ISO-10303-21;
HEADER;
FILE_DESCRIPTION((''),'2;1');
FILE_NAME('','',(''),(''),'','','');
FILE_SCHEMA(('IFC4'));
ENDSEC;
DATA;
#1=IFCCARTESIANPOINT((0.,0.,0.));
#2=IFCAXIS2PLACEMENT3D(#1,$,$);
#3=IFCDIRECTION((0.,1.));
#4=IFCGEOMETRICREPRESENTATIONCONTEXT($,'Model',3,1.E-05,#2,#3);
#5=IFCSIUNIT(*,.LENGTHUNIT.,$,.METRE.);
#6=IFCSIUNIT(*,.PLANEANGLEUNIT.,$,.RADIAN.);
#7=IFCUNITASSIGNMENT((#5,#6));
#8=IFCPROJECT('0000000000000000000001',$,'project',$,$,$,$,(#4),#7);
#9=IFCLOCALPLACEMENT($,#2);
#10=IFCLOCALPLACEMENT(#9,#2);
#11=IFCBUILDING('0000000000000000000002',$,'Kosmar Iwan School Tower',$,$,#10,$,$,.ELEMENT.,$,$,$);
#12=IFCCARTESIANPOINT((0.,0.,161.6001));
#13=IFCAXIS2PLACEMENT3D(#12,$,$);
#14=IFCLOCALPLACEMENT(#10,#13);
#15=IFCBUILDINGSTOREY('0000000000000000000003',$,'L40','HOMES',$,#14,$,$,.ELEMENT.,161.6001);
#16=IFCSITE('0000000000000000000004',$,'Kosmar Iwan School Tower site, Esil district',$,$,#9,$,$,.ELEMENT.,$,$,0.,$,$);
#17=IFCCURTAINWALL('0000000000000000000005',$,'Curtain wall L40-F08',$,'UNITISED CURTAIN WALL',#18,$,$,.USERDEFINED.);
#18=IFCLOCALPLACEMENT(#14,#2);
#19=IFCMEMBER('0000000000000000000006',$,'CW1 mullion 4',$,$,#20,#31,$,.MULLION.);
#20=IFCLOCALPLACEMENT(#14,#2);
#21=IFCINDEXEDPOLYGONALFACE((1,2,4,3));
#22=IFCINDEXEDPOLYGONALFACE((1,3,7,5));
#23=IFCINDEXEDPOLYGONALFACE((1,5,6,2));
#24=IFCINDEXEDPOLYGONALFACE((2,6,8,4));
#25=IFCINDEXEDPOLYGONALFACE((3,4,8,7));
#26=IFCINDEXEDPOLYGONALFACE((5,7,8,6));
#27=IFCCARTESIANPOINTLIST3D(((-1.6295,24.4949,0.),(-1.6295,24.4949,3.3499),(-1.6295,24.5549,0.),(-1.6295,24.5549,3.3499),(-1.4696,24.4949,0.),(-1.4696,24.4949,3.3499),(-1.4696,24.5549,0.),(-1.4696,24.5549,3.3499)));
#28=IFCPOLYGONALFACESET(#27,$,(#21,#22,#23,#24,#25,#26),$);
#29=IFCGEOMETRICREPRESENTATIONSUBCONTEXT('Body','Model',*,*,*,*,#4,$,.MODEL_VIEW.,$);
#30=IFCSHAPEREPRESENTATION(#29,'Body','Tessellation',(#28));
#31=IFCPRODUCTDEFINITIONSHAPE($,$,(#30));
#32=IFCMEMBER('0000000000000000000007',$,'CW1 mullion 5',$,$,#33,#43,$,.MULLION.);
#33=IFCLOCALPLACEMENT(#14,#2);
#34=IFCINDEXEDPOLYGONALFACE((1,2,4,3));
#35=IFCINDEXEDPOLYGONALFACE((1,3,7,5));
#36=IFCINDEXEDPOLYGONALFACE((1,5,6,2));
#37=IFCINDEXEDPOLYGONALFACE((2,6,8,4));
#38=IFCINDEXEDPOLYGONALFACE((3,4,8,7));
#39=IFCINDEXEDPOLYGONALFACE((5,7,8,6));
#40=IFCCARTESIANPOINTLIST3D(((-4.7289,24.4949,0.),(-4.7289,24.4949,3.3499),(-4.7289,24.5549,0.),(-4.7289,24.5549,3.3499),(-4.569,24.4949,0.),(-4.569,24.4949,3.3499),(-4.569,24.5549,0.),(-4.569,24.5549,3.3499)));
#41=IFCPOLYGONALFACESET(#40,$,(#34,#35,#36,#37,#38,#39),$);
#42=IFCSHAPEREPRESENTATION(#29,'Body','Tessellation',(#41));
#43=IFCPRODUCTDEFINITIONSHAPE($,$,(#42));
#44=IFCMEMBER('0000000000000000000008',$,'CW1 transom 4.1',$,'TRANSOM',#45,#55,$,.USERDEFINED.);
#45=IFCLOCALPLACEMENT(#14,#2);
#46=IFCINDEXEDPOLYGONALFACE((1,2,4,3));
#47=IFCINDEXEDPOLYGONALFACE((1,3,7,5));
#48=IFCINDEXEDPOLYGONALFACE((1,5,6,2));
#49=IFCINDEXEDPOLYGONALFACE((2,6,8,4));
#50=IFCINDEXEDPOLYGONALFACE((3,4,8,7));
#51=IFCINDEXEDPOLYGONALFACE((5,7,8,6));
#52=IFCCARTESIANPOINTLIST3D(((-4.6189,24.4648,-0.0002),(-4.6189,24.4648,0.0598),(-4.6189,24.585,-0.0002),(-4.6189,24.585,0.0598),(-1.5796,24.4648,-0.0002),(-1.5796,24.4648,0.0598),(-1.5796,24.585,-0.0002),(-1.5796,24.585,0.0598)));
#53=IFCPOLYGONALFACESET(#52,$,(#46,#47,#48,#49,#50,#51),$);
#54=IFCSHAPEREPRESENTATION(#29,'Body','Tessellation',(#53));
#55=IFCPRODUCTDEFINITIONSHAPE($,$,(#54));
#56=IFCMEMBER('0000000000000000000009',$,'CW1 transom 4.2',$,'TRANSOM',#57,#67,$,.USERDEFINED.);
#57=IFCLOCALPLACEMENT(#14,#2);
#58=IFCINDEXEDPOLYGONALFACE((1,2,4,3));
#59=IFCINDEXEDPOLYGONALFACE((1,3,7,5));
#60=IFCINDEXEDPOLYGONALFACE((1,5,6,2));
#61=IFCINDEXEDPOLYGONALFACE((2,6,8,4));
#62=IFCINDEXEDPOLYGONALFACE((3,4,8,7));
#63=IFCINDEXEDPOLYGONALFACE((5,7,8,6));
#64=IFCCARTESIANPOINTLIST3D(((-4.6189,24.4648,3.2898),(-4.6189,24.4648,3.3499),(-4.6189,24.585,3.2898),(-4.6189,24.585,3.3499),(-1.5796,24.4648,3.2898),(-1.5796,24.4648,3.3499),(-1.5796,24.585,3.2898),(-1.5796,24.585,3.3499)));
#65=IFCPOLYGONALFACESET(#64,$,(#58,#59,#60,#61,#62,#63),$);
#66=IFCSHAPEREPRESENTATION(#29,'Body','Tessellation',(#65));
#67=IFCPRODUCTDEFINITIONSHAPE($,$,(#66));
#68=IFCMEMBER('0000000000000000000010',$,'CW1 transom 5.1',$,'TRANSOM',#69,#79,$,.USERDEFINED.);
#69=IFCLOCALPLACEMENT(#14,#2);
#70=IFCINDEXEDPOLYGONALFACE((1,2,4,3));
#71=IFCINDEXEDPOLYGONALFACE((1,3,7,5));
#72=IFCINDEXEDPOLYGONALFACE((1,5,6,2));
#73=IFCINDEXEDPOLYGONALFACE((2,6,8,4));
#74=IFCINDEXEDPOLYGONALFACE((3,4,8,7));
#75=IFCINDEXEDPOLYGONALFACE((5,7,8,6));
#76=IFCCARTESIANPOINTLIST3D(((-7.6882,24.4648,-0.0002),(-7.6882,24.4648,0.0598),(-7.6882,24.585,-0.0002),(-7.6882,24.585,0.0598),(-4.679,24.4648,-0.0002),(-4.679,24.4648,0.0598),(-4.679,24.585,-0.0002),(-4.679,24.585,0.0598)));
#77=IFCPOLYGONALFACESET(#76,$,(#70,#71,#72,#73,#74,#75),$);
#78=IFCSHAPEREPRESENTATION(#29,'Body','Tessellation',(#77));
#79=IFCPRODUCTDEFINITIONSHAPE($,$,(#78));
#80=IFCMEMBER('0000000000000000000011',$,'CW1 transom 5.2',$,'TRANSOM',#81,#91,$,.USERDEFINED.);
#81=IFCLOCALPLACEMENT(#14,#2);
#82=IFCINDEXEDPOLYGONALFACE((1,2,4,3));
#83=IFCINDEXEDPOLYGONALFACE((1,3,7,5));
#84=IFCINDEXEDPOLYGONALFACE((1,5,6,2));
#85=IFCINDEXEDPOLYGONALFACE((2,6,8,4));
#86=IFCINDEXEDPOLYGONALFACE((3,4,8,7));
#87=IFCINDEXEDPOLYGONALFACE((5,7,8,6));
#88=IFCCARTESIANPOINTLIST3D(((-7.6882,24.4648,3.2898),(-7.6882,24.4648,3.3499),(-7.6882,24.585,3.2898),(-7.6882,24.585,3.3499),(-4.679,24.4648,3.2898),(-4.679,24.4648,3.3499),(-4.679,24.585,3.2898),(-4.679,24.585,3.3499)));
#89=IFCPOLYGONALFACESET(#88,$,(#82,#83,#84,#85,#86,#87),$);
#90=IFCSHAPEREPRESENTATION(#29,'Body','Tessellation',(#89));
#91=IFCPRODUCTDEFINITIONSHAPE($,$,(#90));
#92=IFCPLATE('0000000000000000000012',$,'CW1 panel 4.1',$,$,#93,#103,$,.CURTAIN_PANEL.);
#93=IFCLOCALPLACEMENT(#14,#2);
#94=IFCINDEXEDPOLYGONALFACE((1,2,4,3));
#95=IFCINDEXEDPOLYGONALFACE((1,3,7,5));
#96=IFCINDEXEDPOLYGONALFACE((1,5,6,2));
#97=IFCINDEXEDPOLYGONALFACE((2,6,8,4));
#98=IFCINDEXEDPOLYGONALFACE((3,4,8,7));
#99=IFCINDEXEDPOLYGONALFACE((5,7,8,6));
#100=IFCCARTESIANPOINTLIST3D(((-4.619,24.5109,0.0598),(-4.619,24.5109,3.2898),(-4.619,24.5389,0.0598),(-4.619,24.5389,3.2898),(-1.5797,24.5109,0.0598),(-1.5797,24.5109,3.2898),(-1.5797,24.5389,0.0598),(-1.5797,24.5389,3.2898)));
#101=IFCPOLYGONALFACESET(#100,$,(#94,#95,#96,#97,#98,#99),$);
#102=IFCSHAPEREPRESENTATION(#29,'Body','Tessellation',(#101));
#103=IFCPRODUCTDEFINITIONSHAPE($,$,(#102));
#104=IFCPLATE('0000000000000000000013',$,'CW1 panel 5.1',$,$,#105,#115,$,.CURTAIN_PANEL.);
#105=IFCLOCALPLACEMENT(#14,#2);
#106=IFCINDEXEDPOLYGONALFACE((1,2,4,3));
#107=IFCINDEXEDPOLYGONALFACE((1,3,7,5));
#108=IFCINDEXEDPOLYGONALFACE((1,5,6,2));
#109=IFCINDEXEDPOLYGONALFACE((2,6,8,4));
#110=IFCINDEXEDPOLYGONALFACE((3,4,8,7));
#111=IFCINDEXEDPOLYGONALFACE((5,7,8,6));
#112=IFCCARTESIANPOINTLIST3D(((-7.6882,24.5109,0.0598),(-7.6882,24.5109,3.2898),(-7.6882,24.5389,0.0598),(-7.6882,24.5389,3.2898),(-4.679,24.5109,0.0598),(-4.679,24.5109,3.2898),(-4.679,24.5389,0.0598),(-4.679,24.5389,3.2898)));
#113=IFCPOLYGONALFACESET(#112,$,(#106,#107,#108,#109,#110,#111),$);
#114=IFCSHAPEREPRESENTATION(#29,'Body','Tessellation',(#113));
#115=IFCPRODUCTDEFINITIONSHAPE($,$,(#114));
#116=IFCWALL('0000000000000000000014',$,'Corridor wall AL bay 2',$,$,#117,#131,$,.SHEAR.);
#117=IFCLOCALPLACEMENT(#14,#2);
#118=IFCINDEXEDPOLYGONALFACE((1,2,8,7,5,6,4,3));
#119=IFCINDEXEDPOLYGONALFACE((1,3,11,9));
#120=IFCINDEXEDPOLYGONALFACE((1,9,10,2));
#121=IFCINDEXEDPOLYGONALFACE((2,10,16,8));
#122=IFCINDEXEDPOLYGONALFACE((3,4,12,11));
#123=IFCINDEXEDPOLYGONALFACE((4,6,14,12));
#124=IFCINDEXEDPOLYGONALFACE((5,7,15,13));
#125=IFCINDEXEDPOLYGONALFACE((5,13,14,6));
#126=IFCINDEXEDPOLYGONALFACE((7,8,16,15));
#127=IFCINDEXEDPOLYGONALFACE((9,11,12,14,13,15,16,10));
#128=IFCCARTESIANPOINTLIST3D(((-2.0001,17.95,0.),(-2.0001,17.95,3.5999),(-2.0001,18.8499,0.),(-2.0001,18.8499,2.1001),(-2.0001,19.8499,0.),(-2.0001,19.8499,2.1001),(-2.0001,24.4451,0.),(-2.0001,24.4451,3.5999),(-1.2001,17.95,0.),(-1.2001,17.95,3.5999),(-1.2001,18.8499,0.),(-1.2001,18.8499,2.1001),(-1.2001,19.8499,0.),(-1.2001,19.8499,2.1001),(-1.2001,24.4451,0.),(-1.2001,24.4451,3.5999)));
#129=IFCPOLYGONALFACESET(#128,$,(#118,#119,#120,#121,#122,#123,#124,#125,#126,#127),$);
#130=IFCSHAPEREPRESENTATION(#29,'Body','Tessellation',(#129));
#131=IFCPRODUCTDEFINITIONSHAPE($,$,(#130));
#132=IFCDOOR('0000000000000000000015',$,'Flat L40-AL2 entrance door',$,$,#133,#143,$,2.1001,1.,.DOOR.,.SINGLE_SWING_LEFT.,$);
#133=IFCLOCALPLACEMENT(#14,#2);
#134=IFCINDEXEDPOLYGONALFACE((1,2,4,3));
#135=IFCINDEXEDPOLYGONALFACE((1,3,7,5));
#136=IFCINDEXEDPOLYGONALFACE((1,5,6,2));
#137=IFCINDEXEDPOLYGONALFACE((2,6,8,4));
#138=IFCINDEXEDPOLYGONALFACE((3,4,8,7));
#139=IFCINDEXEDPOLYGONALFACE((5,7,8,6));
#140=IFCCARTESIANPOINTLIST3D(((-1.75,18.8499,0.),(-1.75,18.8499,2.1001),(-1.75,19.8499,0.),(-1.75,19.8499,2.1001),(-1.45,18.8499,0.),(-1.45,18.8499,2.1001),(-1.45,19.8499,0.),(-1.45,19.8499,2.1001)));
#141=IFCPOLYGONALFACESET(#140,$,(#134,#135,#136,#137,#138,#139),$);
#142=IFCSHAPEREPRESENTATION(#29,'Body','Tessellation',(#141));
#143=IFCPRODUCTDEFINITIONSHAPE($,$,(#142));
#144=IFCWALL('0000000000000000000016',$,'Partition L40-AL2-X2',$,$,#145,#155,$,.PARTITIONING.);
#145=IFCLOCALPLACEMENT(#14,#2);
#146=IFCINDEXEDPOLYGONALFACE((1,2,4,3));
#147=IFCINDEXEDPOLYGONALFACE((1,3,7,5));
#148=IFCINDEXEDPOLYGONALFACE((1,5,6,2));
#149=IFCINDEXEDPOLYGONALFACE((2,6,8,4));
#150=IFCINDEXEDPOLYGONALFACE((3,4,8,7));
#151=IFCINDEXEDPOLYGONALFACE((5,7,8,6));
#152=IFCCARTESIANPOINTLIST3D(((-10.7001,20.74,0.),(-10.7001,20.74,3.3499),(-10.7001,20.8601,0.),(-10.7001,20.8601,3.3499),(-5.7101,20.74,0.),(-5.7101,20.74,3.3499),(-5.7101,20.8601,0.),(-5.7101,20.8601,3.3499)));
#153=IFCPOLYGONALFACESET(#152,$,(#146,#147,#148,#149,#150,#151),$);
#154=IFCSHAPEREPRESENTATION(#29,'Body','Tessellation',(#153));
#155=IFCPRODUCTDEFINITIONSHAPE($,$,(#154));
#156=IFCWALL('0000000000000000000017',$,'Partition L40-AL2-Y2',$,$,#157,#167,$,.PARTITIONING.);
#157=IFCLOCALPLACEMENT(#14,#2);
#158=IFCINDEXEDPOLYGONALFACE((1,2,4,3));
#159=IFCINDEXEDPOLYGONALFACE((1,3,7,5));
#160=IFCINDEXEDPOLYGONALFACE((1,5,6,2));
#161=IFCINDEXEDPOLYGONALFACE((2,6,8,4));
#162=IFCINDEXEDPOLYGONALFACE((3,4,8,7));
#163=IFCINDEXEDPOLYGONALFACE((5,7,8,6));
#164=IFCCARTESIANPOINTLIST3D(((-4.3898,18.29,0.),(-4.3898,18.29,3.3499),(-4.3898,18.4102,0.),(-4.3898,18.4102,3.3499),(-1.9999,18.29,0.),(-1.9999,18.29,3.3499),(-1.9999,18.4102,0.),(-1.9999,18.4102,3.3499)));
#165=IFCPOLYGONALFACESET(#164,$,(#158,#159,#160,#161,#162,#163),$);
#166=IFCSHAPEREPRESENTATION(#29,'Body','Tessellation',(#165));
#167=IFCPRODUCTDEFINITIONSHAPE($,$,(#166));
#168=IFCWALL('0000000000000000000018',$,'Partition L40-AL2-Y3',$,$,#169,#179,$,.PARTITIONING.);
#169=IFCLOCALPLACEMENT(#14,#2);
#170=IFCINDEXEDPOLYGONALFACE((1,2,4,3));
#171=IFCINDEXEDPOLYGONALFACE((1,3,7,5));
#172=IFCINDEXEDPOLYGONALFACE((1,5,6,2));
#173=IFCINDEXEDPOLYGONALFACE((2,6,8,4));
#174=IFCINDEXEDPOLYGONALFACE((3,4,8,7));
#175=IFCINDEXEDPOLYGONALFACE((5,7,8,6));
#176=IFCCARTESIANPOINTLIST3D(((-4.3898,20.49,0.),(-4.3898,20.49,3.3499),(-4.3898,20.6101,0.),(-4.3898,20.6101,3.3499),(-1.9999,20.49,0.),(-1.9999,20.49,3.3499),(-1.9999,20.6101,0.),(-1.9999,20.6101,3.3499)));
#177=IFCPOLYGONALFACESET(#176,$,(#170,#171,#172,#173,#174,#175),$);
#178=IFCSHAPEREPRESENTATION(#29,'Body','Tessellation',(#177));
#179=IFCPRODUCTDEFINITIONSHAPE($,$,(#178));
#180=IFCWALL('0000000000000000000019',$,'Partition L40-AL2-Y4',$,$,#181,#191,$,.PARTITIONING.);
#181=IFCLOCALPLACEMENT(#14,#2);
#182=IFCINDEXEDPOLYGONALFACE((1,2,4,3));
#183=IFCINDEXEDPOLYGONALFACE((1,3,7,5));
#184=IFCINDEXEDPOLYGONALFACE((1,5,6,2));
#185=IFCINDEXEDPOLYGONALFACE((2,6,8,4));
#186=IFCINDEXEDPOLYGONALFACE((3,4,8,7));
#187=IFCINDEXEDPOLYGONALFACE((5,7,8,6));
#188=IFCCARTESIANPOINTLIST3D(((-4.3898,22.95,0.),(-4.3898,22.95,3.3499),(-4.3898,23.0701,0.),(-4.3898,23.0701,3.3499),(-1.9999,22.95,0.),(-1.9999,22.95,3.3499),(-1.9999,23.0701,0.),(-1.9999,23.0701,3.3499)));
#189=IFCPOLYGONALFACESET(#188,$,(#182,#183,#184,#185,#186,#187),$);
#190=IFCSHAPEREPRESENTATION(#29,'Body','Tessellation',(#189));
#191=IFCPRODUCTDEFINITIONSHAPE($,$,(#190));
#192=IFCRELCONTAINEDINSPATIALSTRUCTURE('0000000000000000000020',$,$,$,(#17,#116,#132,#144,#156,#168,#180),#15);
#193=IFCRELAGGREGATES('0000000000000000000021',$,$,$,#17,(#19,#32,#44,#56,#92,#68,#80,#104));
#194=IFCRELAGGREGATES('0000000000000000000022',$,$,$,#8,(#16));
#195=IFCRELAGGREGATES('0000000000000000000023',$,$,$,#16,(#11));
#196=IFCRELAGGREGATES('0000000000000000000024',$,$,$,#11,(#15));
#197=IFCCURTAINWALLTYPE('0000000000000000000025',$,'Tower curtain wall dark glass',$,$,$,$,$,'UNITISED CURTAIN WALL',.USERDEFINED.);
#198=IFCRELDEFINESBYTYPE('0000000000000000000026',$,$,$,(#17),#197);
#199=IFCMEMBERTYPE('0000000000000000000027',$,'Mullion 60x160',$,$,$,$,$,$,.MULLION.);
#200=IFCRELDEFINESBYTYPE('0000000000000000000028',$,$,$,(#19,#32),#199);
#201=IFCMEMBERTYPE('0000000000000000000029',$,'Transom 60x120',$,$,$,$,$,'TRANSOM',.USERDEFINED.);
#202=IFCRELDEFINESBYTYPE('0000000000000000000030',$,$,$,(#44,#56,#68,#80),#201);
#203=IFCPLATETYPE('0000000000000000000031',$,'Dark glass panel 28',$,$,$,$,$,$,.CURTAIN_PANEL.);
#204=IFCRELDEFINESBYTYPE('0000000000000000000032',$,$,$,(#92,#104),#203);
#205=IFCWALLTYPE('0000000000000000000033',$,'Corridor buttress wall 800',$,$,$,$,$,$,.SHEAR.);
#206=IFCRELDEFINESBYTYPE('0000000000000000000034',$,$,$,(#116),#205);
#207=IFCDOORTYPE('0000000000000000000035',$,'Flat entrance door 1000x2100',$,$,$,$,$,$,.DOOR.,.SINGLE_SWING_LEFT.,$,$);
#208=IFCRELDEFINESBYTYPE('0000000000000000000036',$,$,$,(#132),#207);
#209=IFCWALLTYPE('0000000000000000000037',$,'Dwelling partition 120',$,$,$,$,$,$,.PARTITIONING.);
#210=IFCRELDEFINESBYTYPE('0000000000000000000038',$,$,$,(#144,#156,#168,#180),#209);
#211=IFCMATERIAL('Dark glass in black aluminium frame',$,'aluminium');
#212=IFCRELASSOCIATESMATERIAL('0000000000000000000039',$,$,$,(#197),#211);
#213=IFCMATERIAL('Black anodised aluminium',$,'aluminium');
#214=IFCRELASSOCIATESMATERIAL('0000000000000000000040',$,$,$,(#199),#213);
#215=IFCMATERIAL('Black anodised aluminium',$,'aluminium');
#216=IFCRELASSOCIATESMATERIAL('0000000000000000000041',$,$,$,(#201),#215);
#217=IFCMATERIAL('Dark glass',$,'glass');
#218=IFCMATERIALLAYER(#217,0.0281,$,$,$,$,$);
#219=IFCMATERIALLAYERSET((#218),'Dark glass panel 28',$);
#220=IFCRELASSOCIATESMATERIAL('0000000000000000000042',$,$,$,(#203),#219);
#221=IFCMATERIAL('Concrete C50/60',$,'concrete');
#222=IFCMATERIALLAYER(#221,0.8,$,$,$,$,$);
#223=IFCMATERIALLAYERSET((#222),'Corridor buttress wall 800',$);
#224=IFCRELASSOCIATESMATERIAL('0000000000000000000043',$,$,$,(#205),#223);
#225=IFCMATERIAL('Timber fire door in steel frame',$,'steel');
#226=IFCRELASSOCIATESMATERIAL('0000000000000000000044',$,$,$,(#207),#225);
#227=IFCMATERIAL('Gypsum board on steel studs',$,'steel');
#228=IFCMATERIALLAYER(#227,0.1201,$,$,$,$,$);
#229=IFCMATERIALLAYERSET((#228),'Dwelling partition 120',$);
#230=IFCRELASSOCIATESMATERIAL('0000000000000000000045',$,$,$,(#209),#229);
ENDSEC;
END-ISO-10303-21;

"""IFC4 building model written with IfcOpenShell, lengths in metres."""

from ifc_helpers import new_model, si_unit, direction, frame, frame_2d, origin, origin_2d, place, context, subcontext, project, spatial, rectangle, extrude, material, layer, layer_set, material_profile, profile_set, type_object, element, fill, aggregate, save


model = new_model("IFC4")

# Units and contexts
model_context = context("Model", 3, precision=1e-05, world=origin(), true_north=direction((0.0, 1.0)))
body_context = subcontext(model_context, "Body", "Model", "MODEL_VIEW")
ifc_project = project(units=[si_unit("LENGTHUNIT", "METRE"), si_unit("PLANEANGLEUNIT", "RADIAN")], contexts=[model_context])

# Site, building, storey
site_placement = place(None, origin())
site = spatial("IfcSite", under=ifc_project, at=site_placement, Name="Kosmar Iwan School Tower site, Esil district", CompositionType="ELEMENT", RefElevation=0.0)
building_placement = place(site_placement, origin())
building = spatial("IfcBuilding", under=site, at=building_placement, Name="Kosmar Iwan School Tower", CompositionType="ELEMENT")
storey_placement = place(building_placement, frame((0.0, 0.0, 161.6001)))
storey = spatial("IfcBuildingStorey", under=building, at=storey_placement, Name="L40", Description="HOMES", CompositionType="ELEMENT", Elevation=161.6001)

# Curtain wall, members, plates
ifc_material_1 = material(Name="Dark glass in black aluminium frame", Category="aluminium")
curtain_wall_type = type_object("IfcCurtainWallType", Name="Tower curtain wall dark glass", ElementType="UNITISED CURTAIN WALL", PredefinedType="USERDEFINED", material=ifc_material_1)
curtain_wall_placement = place(storey_placement, origin())
curtain_wall = element("IfcCurtainWall", 1, at=curtain_wall_placement, inside=storey, type_object=curtain_wall_type, Name="Curtain wall L40-F08", ObjectType="UNITISED CURTAIN WALL", PredefinedType="USERDEFINED")
ifc_material_2 = material(Name="Black anodised aluminium", Category="aluminium")
ifc_material_profile_1 = material_profile(ifc_material_2, rectangle(XDim=0.0601, YDim=0.1599, at=origin_2d()), Name="MULLION 60x160")
ifc_profile_set_1 = profile_set([ifc_material_profile_1], Name="Black anodised aluminium")
member_type_1 = type_object("IfcMemberType", Name="Mullion 60x160", PredefinedType="MULLION", material=ifc_profile_set_1)
member_1_placement = place(storey_placement, frame((-1.5496, 24.5249, 0.0), z_axis=(0.0, 0.0, 1.0), x_axis=(0.0, -1.0, 0.0)))
member_1 = element("IfcMember", 2, at=member_1_placement, type_object=member_type_1, Name="CW1 mullion 4", PredefinedType="MULLION", context=body_context, shape_type="SweptSolid", body=[
    extrude(rectangle(XDim=0.0601, YDim=0.1599, at=origin_2d()), origin(), (0.0, 0.0, 1.0), 3.3499),
])
member_2_placement = place(storey_placement, frame((-4.6489, 24.5249, 0.0), z_axis=(0.0, 0.0, 1.0), x_axis=(0.0, -1.0, 0.0)))
member_2 = element("IfcMember", 3, at=member_2_placement, type_object=member_type_1, Name="CW1 mullion 5", PredefinedType="MULLION", context=body_context, shape_type="SweptSolid", body=[
    extrude(rectangle(XDim=0.0601, YDim=0.1599, at=origin_2d()), origin(), (0.0, 0.0, 1.0), 3.3499),
])
ifc_material_3 = material(Name="Black anodised aluminium", Category="aluminium")
ifc_material_profile_2 = material_profile(ifc_material_3, rectangle(XDim=0.1201, YDim=0.0601, at=origin_2d()), Name="TRANSOM 60x120")
ifc_profile_set_2 = profile_set([ifc_material_profile_2], Name="Black anodised aluminium")
member_type_2 = type_object("IfcMemberType", Name="Transom 60x120", ElementType="TRANSOM", PredefinedType="USERDEFINED", material=ifc_profile_set_2)
member_3_placement = place(storey_placement, frame((-1.5796, 24.5249, 0.0298), z_axis=(-1.0, 0.0, 0.0), x_axis=(0.0, -1.0, 0.0)))
member_3 = element("IfcMember", 4, at=member_3_placement, type_object=member_type_2, Name="CW1 transom 4.1", ObjectType="TRANSOM", PredefinedType="USERDEFINED", context=body_context, shape_type="SweptSolid", body=[
    extrude(rectangle(XDim=0.1201, YDim=0.0601, at=origin_2d()), origin(), (0.0, 0.0, 1.0), 3.0393),
])
member_4_placement = place(storey_placement, frame((-1.5796, 24.5249, 3.3198), z_axis=(-1.0, 0.0, 0.0), x_axis=(0.0, -1.0, 0.0)))
member_4 = element("IfcMember", 5, at=member_4_placement, type_object=member_type_2, Name="CW1 transom 4.2", ObjectType="TRANSOM", PredefinedType="USERDEFINED", context=body_context, shape_type="SweptSolid", body=[
    extrude(rectangle(XDim=0.1201, YDim=0.0601, at=origin_2d()), origin(), (0.0, 0.0, 1.0), 3.0393),
])
member_5_placement = place(storey_placement, frame((-4.679, 24.5249, 0.0298), z_axis=(-1.0, 0.0, 0.0), x_axis=(0.0, -1.0, 0.0)))
member_5 = element("IfcMember", 6, at=member_5_placement, type_object=member_type_2, Name="CW1 transom 5.1", ObjectType="TRANSOM", PredefinedType="USERDEFINED", context=body_context, shape_type="SweptSolid", body=[
    extrude(rectangle(XDim=0.1201, YDim=0.0601, at=origin_2d()), origin(), (0.0, 0.0, 1.0), 3.0093),
])
member_6_placement = place(storey_placement, frame((-4.679, 24.5249, 3.3198), z_axis=(-1.0, 0.0, 0.0), x_axis=(0.0, -1.0, 0.0)))
member_6 = element("IfcMember", 7, at=member_6_placement, type_object=member_type_2, Name="CW1 transom 5.2", ObjectType="TRANSOM", PredefinedType="USERDEFINED", context=body_context, shape_type="SweptSolid", body=[
    extrude(rectangle(XDim=0.1201, YDim=0.0601, at=origin_2d()), origin(), (0.0, 0.0, 1.0), 3.0093),
])
ifc_material_4 = material(Name="Dark glass", Category="glass")
ifc_layer_1 = layer(ifc_material_4, 0.0281)
ifc_layer_set_1 = layer_set([ifc_layer_1], Name="Dark glass panel 28")
plate_type = type_object("IfcPlateType", Name="Dark glass panel 28", PredefinedType="CURTAIN_PANEL", material=ifc_layer_set_1)
plate_1_placement = place(storey_placement, frame((-3.0994, 24.5249, 0.0598), z_axis=(0.0, 0.0, 1.0), x_axis=(-1.0, 0.0, 0.0)))
plate_1 = element("IfcPlate", 8, at=plate_1_placement, type_object=plate_type, Name="CW1 panel 4.1", PredefinedType="CURTAIN_PANEL", context=body_context, shape_type="SweptSolid", body=[
    extrude(rectangle(XDim=3.0393, YDim=0.0281, at=origin_2d()), origin(), (0.0, 0.0, 1.0), 3.23),
])
plate_2_placement = place(storey_placement, frame((-6.1836, 24.5249, 0.0598), z_axis=(0.0, 0.0, 1.0), x_axis=(-1.0, 0.0, 0.0)))
plate_2 = element("IfcPlate", 9, at=plate_2_placement, type_object=plate_type, Name="CW1 panel 5.1", PredefinedType="CURTAIN_PANEL", context=body_context, shape_type="SweptSolid", body=[
    extrude(rectangle(XDim=3.0093, YDim=0.0281, at=origin_2d()), origin(), (0.0, 0.0, 1.0), 3.23),
])
aggregate(curtain_wall, [member_1, member_2, member_3, member_4, plate_1, member_5, member_6, plate_2])

# Wall, opening, door
ifc_material_5 = material(Name="Concrete C50/60", Category="concrete")
ifc_layer_2 = layer(ifc_material_5, 0.8)
ifc_layer_set_2 = layer_set([ifc_layer_2], Name="Corridor buttress wall 800")
wall_type_1 = type_object("IfcWallType", Name="Corridor buttress wall 800", PredefinedType="SHEAR", material=ifc_layer_set_2)
wall_1_placement = place(storey_placement, frame((-1.6001, 17.95, 0.0), z_axis=(0.0, 0.0, 1.0), x_axis=(0.0, 1.0, 0.0)))
wall_1 = element("IfcWall", 10, at=wall_1_placement, inside=storey, type_object=wall_type_1, Name="Corridor wall AL bay 2", PredefinedType="SHEAR", context=body_context, shape_type="SweptSolid", body=[
    extrude(rectangle(XDim=6.4951, YDim=0.8, at=frame_2d((3.2476, 0.0))), origin(), (0.0, 0.0, 1.0), 3.5999),
])
opening_placement = place(wall_1_placement, frame((0.8999, 0.0, 0.0)))
opening = element("IfcOpeningElement", 11, at=opening_placement, cuts=wall_1, PredefinedType="OPENING", context=body_context, shape_type="SweptSolid", body=[
    extrude(rectangle(XDim=1.0, YDim=2.1001, at=frame_2d((0.5, 1.05))), frame((0.0, 0.4121, 0.0), z_axis=(0.0, -1.0, 0.0), x_axis=(1.0, 0.0, 0.0)), (0.0, 0.0, 1.0), 0.824),
])
ifc_material_6 = material(Name="Timber fire door in steel frame", Category="steel")
door_type = type_object("IfcDoorType", Name="Flat entrance door 1000x2100", OperationType="SINGLE_SWING_LEFT", PredefinedType="DOOR", material=ifc_material_6)
door_placement = place(opening_placement, origin())
door = element("IfcDoor", 12, at=door_placement, inside=storey, type_object=door_type, Name="Flat L40-AL2 entrance door", OperationType="SINGLE_SWING_LEFT", OverallHeight=2.1001, OverallWidth=1.0, PredefinedType="DOOR", context=body_context, shape_type="SweptSolid", body=[
    extrude(rectangle(XDim=1.0, YDim=2.1001, at=frame_2d((0.5, 1.05))), frame((0.0, 0.1499, 0.0), z_axis=(0.0, -1.0, 0.0), x_axis=(1.0, 0.0, 0.0)), (0.0, 0.0, 1.0), 0.3),
])
fill(opening, door)

# Walls
ifc_material_7 = material(Name="Gypsum board on steel studs", Category="steel")
ifc_layer_3 = layer(ifc_material_7, 0.1201)
ifc_layer_set_3 = layer_set([ifc_layer_3], Name="Dwelling partition 120")
wall_type_2 = type_object("IfcWallType", Name="Dwelling partition 120", PredefinedType="PARTITIONING", material=ifc_layer_set_3)
wall_2_placement = place(storey_placement, frame((-5.71, 20.8, 0.0), z_axis=(0.0, 0.0, 1.0), x_axis=(-1.0, 0.0, 0.0)))
element("IfcWall", 13, at=wall_2_placement, inside=storey, type_object=wall_type_2, Name="Partition L40-AL2-X2", PredefinedType="PARTITIONING", context=body_context, shape_type="SweptSolid", body=[
    extrude(rectangle(XDim=4.99, YDim=0.1201, at=frame_2d((2.4951, 0.0))), origin(), (0.0, 0.0, 1.0), 3.3499),
])
for number, where, z_axis, x_axis, name in (
    (14, (-2.0, 18.3501, 0.0), (0.0, 0.0, 1.0), (-1.0, 0.0, 0.0), "Partition L40-AL2-Y2"),
    (15, (-2.0, 20.55, 0.0), (0.0, 0.0, 1.0), (-1.0, 0.0, 0.0), "Partition L40-AL2-Y3"),
    (16, (-2.0, 23.01, 0.0), (0.0, 0.0, 1.0), (-1.0, 0.0, 0.0), "Partition L40-AL2-Y4"),
):
    element("IfcWall", number, at=place(storey_placement, frame(where, z_axis=z_axis, x_axis=x_axis)), inside=storey, type_object=wall_type_2, Name=name, PredefinedType="PARTITIONING", context=body_context, shape_type="SweptSolid", body=[
        extrude(rectangle(XDim=2.3899, YDim=0.1201, at=frame_2d((1.1948, 0.0))), origin(), (0.0, 0.0, 1.0), 3.3499),
    ])

save(model, "model.ifc")
